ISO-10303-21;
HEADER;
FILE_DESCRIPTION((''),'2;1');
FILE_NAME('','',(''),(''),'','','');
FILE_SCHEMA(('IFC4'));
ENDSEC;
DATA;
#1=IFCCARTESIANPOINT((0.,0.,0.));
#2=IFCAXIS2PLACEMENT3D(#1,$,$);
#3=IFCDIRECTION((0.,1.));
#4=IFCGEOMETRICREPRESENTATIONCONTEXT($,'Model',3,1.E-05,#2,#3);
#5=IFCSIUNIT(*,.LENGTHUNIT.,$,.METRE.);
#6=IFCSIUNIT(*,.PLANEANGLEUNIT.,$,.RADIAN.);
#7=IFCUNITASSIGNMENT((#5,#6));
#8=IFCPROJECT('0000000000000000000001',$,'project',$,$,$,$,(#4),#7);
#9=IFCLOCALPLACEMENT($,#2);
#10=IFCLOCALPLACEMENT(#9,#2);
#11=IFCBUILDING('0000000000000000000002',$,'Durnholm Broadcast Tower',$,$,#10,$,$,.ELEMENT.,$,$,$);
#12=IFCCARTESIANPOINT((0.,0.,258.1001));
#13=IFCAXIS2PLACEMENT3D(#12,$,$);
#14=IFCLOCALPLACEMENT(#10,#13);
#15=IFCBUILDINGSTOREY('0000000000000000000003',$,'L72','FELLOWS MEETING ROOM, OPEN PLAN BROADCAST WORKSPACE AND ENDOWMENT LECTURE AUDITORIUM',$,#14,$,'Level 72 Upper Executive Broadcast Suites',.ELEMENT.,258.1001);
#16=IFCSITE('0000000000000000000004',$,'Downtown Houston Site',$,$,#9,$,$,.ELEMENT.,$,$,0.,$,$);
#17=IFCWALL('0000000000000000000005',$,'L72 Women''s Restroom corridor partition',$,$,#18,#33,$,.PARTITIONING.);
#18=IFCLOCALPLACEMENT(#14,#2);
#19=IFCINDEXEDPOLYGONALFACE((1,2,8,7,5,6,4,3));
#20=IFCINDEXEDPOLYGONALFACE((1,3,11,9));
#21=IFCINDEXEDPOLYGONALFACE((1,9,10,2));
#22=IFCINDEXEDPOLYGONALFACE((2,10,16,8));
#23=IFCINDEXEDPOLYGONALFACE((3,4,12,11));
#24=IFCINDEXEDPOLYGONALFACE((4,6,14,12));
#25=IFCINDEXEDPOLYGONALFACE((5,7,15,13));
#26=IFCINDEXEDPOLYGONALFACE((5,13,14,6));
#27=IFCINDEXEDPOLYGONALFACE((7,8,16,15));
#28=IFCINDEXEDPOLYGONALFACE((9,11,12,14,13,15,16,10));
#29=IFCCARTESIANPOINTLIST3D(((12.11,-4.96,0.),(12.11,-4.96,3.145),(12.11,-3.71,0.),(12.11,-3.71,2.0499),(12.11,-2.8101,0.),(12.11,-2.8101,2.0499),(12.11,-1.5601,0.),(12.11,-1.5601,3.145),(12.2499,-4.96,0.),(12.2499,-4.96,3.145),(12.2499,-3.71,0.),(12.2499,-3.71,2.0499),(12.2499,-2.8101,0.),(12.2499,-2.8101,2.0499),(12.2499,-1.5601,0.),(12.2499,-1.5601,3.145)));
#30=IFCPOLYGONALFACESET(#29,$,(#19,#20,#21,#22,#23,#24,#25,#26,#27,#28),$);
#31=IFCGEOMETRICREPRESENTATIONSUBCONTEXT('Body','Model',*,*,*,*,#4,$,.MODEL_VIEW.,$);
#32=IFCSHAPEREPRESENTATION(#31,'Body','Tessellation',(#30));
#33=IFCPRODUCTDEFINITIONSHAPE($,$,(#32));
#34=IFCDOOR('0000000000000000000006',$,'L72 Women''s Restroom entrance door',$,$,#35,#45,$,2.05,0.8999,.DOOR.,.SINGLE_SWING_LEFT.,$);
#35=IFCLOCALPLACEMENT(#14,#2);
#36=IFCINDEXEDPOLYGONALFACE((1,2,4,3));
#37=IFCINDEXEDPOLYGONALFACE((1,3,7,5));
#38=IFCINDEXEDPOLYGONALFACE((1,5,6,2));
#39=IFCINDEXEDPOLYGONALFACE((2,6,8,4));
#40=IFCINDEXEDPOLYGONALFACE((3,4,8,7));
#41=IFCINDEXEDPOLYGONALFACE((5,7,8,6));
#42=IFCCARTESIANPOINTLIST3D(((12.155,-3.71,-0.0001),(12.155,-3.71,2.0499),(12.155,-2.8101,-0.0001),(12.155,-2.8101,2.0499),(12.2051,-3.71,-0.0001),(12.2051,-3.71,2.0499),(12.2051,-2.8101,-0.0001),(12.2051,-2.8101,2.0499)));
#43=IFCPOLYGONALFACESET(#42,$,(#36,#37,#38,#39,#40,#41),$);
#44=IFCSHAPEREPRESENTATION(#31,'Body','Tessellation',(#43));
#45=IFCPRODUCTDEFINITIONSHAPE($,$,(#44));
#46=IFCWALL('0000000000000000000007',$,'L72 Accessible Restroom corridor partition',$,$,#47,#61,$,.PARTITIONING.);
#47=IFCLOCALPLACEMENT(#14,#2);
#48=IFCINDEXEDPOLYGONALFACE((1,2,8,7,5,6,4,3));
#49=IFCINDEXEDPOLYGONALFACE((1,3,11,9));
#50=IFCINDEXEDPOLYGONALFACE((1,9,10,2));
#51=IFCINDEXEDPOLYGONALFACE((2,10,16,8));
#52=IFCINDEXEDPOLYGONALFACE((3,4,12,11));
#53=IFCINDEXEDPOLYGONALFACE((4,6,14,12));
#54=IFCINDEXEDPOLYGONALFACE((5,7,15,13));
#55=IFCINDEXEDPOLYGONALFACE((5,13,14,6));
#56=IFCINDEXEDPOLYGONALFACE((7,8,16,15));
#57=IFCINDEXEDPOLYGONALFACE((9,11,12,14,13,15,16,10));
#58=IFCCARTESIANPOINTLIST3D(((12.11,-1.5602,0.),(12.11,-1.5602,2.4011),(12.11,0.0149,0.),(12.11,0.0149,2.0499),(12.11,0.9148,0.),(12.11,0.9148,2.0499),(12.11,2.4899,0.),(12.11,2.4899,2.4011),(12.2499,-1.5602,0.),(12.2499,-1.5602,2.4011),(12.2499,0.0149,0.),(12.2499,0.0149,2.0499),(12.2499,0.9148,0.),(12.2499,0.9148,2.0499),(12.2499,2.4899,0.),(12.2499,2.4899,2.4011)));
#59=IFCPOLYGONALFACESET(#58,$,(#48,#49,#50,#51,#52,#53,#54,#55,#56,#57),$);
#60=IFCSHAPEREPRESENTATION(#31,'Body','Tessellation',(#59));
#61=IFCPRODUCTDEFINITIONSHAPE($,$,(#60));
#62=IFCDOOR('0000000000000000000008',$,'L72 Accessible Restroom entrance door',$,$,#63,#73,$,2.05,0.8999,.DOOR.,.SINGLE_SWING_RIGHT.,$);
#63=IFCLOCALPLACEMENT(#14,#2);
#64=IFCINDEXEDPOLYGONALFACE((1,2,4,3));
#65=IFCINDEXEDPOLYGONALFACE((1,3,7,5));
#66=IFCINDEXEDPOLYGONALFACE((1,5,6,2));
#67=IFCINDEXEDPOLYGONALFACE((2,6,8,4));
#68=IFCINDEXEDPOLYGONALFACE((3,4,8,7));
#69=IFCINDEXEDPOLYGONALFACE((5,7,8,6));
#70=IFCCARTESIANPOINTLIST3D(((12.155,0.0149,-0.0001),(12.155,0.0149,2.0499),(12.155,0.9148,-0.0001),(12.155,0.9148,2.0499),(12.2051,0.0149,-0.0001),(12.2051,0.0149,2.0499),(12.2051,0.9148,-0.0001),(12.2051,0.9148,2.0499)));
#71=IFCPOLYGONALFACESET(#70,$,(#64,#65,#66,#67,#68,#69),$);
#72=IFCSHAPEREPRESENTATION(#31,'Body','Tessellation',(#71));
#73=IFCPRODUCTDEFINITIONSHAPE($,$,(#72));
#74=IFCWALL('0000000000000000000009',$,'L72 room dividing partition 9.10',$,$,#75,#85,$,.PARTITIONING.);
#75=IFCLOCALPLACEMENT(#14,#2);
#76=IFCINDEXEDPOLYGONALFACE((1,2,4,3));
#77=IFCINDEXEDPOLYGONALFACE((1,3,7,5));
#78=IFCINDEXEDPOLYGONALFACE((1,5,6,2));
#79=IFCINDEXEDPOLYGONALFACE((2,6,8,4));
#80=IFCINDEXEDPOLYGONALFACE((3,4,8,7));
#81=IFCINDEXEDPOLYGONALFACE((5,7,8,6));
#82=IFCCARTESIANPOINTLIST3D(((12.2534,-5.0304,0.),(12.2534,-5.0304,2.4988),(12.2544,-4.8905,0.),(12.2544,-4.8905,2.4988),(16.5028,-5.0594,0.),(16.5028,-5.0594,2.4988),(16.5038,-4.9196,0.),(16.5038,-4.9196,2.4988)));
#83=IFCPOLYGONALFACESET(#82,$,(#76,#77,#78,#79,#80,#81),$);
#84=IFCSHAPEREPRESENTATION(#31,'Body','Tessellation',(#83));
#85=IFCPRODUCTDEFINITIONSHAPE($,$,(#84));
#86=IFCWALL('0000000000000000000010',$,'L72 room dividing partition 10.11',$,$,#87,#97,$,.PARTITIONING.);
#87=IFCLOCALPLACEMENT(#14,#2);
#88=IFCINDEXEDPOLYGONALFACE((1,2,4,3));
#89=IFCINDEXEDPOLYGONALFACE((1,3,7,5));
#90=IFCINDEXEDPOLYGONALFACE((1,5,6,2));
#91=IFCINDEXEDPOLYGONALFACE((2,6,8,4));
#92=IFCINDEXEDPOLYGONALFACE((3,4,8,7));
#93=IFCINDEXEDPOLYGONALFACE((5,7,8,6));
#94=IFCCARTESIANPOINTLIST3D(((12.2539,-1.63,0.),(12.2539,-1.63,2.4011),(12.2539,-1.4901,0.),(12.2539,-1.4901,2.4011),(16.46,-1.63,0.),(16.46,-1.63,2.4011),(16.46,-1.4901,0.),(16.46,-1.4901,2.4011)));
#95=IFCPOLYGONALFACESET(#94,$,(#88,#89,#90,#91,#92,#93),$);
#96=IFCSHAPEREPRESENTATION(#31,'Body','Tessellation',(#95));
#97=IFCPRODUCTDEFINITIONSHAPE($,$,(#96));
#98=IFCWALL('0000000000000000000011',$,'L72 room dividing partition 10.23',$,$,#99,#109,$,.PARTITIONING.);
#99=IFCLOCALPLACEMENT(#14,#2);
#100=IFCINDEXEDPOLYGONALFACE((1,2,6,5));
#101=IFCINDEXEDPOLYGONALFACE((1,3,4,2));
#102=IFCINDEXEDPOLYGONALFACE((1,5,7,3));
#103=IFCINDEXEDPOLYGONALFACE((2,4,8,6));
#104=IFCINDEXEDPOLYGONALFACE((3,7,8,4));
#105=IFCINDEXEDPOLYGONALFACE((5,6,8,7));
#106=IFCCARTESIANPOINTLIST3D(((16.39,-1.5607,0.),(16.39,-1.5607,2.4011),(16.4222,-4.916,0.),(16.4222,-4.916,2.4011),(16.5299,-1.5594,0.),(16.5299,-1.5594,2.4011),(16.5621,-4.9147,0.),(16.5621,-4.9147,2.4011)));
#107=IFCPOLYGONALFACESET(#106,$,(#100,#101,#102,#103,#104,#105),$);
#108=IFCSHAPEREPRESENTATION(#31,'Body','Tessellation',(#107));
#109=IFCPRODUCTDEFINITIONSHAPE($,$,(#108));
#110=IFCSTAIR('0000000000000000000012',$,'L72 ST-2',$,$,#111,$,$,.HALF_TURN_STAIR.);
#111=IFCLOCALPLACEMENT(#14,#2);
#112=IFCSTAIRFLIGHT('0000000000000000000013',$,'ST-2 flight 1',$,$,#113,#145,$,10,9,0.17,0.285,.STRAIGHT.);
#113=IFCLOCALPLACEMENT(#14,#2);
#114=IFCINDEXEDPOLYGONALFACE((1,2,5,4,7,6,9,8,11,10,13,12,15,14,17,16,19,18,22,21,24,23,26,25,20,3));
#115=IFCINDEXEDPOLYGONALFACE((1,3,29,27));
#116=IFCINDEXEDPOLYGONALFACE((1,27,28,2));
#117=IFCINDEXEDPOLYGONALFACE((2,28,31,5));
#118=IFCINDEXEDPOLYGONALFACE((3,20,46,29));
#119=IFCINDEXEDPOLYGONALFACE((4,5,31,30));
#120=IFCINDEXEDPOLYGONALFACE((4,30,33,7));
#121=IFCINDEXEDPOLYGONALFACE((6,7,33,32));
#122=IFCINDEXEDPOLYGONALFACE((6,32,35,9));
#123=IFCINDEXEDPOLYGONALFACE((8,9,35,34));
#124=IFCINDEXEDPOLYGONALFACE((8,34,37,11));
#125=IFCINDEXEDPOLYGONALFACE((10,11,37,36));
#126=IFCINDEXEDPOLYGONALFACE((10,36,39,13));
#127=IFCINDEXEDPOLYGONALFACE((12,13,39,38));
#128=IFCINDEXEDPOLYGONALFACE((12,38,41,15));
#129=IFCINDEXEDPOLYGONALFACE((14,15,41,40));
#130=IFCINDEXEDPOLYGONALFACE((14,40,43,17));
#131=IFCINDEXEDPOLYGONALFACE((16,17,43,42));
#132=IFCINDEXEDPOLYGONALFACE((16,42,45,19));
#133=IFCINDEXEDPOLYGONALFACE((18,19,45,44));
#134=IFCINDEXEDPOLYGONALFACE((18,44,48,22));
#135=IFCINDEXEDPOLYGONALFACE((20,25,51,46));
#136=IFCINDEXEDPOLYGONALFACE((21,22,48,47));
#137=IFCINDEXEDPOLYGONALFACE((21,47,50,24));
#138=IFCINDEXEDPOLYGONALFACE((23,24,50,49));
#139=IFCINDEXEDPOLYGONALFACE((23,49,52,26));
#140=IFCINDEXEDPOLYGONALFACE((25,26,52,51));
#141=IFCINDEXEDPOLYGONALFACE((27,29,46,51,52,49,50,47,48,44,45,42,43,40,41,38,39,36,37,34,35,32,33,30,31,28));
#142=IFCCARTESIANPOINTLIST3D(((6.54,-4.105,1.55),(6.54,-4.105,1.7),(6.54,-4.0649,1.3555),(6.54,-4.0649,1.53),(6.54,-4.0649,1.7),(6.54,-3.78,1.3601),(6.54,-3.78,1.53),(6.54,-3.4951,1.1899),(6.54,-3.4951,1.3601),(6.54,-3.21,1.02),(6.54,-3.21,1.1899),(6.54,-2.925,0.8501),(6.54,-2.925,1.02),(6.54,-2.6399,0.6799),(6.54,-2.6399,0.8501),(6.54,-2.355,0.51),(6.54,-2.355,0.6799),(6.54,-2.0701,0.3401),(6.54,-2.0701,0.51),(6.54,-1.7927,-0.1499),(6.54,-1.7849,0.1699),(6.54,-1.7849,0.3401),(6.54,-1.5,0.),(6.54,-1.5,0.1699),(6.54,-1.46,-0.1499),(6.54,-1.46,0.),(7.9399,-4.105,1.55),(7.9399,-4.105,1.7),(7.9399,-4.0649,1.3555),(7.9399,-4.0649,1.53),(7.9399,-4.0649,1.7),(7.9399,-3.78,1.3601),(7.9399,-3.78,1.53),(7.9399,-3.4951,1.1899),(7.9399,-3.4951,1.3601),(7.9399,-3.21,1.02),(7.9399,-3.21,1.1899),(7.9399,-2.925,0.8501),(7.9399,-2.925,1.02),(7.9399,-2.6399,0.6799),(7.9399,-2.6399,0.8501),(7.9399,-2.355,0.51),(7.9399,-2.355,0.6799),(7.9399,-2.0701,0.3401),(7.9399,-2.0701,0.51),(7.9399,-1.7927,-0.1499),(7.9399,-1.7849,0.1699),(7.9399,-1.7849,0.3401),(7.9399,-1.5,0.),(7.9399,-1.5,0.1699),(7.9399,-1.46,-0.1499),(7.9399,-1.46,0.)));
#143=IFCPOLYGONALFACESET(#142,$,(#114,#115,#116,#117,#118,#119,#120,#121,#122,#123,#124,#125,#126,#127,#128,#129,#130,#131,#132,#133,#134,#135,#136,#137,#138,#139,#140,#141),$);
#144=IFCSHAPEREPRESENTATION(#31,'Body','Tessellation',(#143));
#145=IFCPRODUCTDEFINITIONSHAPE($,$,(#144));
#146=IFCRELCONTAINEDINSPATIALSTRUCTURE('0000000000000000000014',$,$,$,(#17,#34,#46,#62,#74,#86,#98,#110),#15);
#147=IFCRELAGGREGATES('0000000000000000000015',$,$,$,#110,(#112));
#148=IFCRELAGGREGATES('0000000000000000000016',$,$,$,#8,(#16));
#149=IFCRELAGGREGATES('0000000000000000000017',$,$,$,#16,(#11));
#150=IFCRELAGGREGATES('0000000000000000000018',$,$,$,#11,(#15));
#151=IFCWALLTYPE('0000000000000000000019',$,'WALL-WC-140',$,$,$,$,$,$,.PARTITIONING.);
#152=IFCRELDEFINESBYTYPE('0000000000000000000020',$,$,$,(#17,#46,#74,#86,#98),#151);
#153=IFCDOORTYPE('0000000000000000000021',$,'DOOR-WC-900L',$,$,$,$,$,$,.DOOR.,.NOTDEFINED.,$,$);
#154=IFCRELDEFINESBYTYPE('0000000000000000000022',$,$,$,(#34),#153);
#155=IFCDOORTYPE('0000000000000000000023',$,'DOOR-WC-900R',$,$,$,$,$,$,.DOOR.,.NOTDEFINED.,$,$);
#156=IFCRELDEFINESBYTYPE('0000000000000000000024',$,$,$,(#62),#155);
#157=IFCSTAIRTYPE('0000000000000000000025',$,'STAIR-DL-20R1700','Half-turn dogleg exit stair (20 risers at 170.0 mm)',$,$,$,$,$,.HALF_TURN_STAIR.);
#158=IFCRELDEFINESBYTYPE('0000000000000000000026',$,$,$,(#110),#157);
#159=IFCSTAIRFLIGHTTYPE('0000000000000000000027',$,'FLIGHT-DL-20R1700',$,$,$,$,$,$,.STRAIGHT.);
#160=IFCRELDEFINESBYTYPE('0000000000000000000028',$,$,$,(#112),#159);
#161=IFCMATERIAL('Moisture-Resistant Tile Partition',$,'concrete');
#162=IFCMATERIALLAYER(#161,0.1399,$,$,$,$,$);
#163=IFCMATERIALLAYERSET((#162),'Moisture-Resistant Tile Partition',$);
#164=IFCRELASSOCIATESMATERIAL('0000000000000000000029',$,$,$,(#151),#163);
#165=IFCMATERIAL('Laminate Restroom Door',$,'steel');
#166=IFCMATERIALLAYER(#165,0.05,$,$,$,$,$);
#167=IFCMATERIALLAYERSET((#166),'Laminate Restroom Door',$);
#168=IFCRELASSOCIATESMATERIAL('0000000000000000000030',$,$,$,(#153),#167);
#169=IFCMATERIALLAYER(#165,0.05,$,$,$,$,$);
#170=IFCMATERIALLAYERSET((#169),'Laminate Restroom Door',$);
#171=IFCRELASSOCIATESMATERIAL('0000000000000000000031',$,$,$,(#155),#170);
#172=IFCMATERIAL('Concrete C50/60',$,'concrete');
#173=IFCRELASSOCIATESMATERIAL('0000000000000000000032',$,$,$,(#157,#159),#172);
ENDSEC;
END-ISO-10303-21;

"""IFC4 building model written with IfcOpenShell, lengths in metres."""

from ifc_helpers import new_model, si_unit, direction, frame, frame_2d, origin, place, context, subcontext, project, spatial, polyline, rectangle, outline, extrude, source, transform, mapped, material, layer, layer_set, type_object, type_shapes, element, fill, aggregate, save


model = new_model("IFC4")

# Units and contexts
model_context = context("Model", 3, precision=1e-05, world=origin(), true_north=direction((0.0, 1.0)))
body_context = subcontext(model_context, "Body", "Model", "MODEL_VIEW")
ifc_project = project(units=[si_unit("LENGTHUNIT", "METRE"), si_unit("PLANEANGLEUNIT", "RADIAN")], contexts=[model_context])

# Site, building, storey
site_placement = place(None, origin())
site = spatial("IfcSite", under=ifc_project, at=site_placement, Name="Downtown Houston Site", CompositionType="ELEMENT", RefElevation=0.0)
building_placement = place(site_placement, origin())
building = spatial("IfcBuilding", under=site, at=building_placement, Name="Durnholm Broadcast Tower", CompositionType="ELEMENT")
storey_placement = place(building_placement, frame((0.0, 0.0, 258.1001)))
storey = spatial("IfcBuildingStorey", under=building, at=storey_placement, Name="L72", Description="FELLOWS MEETING ROOM, OPEN PLAN BROADCAST WORKSPACE AND ENDOWMENT LECTURE AUDITORIUM", LongName="Level 72 Upper Executive Broadcast Suites", CompositionType="ELEMENT", Elevation=258.1001)

# Shared definitions
ifc_material_1 = material(Name="Concrete C50/60", Category="concrete")

# Walls, openings, doors
ifc_material_2 = material(Name="Moisture-Resistant Tile Partition", Category="concrete")
ifc_layer_1 = layer(ifc_material_2, 0.1399)
ifc_layer_set_1 = layer_set([ifc_layer_1], Name="Moisture-Resistant Tile Partition")
wall_type_1 = type_object("IfcWallType", Name="WALL-WC-140", PredefinedType="PARTITIONING", material=ifc_layer_set_1)
wall_1_placement = place(storey_placement, frame((12.1799, -4.96, 0.0), z_axis=(0.0, 0.0, 1.0), x_axis=(0.0, 1.0, 0.0)))
wall_1 = element("IfcWall", 1, at=wall_1_placement, inside=storey, type_object=wall_type_1, Name="L72 Women's Restroom corridor partition", PredefinedType="PARTITIONING", context=body_context, shape_type="SweptSolid", body=[
    extrude(rectangle(XDim=3.3999, YDim=0.1399, at=frame_2d((1.7, 0.0))), origin(), (0.0, 0.0, 1.0), 3.145),
])
opening_1_placement = place(wall_1_placement, frame((1.25, 0.0, 0.0)))
opening_1 = element("IfcOpeningElement", 2, at=opening_1_placement, cuts=wall_1, PredefinedType="OPENING", context=body_context, shape_type="SweptSolid", body=[
    extrude(rectangle(XDim=0.8999, YDim=2.05, at=frame_2d((0.45, 1.0249))), frame((0.0, 0.0801, 0.0), z_axis=(0.0, -1.0, 0.0), x_axis=(1.0, 0.0, 0.0)), (0.0, 0.0, 1.0), 0.1599),
])
ifc_material_3 = material(Name="Laminate Restroom Door", Category="steel")
ifc_layer_2 = layer(ifc_material_3, 0.05)
ifc_layer_set_2 = layer_set([ifc_layer_2], Name="Laminate Restroom Door")
door_type_1 = type_object("IfcDoorType", Name="DOOR-WC-900L", OperationType="NOTDEFINED", PredefinedType="DOOR", material=ifc_layer_set_2)
shared_shape_1 = source(origin(), body_context, "Body", "SweptSolid", [
    extrude(rectangle(XDim=0.8999, YDim=2.05, at=frame_2d((0.45, 1.0249))), frame((0.0, 0.0249, 0.0), z_axis=(0.0, -1.0, 0.0), x_axis=(1.0, 0.0, 0.0)), (0.0, 0.0, 1.0), 0.05),
])
type_shapes(door_type_1, [shared_shape_1])
door_1_placement = place(opening_1_placement, origin())
door_1 = element("IfcDoor", 3, at=door_1_placement, inside=storey, type_object=door_type_1, Name="L72 Women's Restroom entrance door", OperationType="SINGLE_SWING_LEFT", OverallHeight=2.05, OverallWidth=0.8999, PredefinedType="DOOR", context=body_context, shape_type="MappedRepresentation", body=[
    mapped(shared_shape_1, transform((0.0, 0.0, 0.0), x_axis=(1.0, 0.0, 0.0), y_axis=(0.0, 1.0, 0.0), z_axis=(0.0, 0.0, 1.0), scale=1.0)),
])
fill(opening_1, door_1)
wall_2_placement = place(storey_placement, frame((12.1799, -1.5601, 0.0), z_axis=(0.0, 0.0, 1.0), x_axis=(0.0, 1.0, 0.0)))
wall_2 = element("IfcWall", 4, at=wall_2_placement, inside=storey, type_object=wall_type_1, Name="L72 Accessible Restroom corridor partition", PredefinedType="PARTITIONING", context=body_context, shape_type="SweptSolid", body=[
    extrude(rectangle(XDim=4.05, YDim=0.1399, at=frame_2d((2.0249, 0.0))), origin(), (0.0, 0.0, 1.0), 2.4011),
])
opening_2_placement = place(wall_2_placement, frame((1.575, 0.0, 0.0)))
opening_2 = element("IfcOpeningElement", 5, at=opening_2_placement, cuts=wall_2, PredefinedType="OPENING", context=body_context, shape_type="SweptSolid", body=[
    extrude(rectangle(XDim=0.8999, YDim=2.05, at=frame_2d((0.45, 1.0249))), frame((0.0, 0.0801, 0.0), z_axis=(0.0, -1.0, 0.0), x_axis=(1.0, 0.0, 0.0)), (0.0, 0.0, 1.0), 0.1599),
])
ifc_layer_3 = layer(ifc_material_3, 0.05)
ifc_layer_set_3 = layer_set([ifc_layer_3], Name="Laminate Restroom Door")
door_type_2 = type_object("IfcDoorType", Name="DOOR-WC-900R", OperationType="NOTDEFINED", PredefinedType="DOOR", material=ifc_layer_set_3)
shared_shape_2 = source(origin(), body_context, "Body", "SweptSolid", [
    extrude(rectangle(XDim=0.8999, YDim=2.05, at=frame_2d((0.45, 1.0249))), frame((0.0, 0.0249, 0.0), z_axis=(0.0, -1.0, 0.0), x_axis=(1.0, 0.0, 0.0)), (0.0, 0.0, 1.0), 0.05),
])
type_shapes(door_type_2, [shared_shape_2])
door_2_placement = place(opening_2_placement, origin())
door_2 = element("IfcDoor", 6, at=door_2_placement, inside=storey, type_object=door_type_2, Name="L72 Accessible Restroom entrance door", OperationType="SINGLE_SWING_RIGHT", OverallHeight=2.05, OverallWidth=0.8999, PredefinedType="DOOR", context=body_context, shape_type="MappedRepresentation", body=[
    mapped(shared_shape_2, transform((0.0, 0.0, 0.0), x_axis=(1.0, 0.0, 0.0), y_axis=(0.0, 1.0, 0.0), z_axis=(0.0, 0.0, 1.0), scale=1.0)),
])
fill(opening_2, door_2)

# Walls
wall_3_placement = place(storey_placement, frame((12.2539, -4.9604, 0.0), z_axis=(0.0, 0.0, 1.0), x_axis=(0.999977, -0.006837, 0.0)))
element("IfcWall", 7, at=wall_3_placement, inside=storey, type_object=wall_type_1, Name="L72 room dividing partition 9.10", PredefinedType="PARTITIONING", context=body_context, shape_type="SweptSolid", body=[
    extrude(rectangle(XDim=4.2495, YDim=0.1399, at=frame_2d((2.1248, 0.0))), origin(), (0.0, 0.0, 1.0), 2.4988),
])
wall_4_placement = place(storey_placement, frame((12.2539, -1.5601, 0.0), z_axis=(0.0, 0.0, 1.0), x_axis=(1.0, 0.0, 0.0)))
element("IfcWall", 8, at=wall_4_placement, inside=storey, type_object=wall_type_1, Name="L72 room dividing partition 10.11", PredefinedType="PARTITIONING", context=body_context, shape_type="SweptSolid", body=[
    extrude(rectangle(XDim=4.2061, YDim=0.1399, at=frame_2d((2.103, 0.0))), origin(), (0.0, 0.0, 1.0), 2.4011),
])
wall_5_placement = place(storey_placement, frame((16.46, -1.5601, 0.0), z_axis=(0.0, 0.0, 1.0), x_axis=(0.009604, -0.999954, 0.0)))
element("IfcWall", 9, at=wall_5_placement, inside=storey, type_object=wall_type_1, Name="L72 room dividing partition 10.23", PredefinedType="PARTITIONING", context=body_context, shape_type="SweptSolid", body=[
    extrude(rectangle(XDim=3.3555, YDim=0.1399, at=frame_2d((1.6777, 0.0))), origin(), (0.0, 0.0, 1.0), 2.4011),
])

# Stair, stair flight
stair_type = type_object("IfcStairType", Name="STAIR-DL-20R1700", Description="Half-turn dogleg exit stair (20 risers at 170.0 mm)", PredefinedType="HALF_TURN_STAIR", material=ifc_material_1)
stair_placement = place(storey_placement, origin())
stair = element("IfcStair", 10, at=stair_placement, inside=storey, type_object=stair_type, Name="L72 ST-2", PredefinedType="HALF_TURN_STAIR")
stair_flight_type = type_object("IfcStairFlightType", Name="FLIGHT-DL-20R1700", PredefinedType="STRAIGHT", material=ifc_material_1)
stair_flight_1_placement = place(storey_placement, frame((7.24, -1.5, 0.0), z_axis=(0.0, 0.0, 1.0), x_axis=(0.0, -1.0, 0.0)))
stair_flight_1 = element("IfcStairFlight", 11, at=stair_flight_1_placement, type_object=stair_flight_type, Name="ST-2 flight 1", NumberOfRisers=10, NumberOfTreads=9, PredefinedType="STRAIGHT", RiserHeight=0.17, TreadLength=0.285, context=body_context, shape_type="SweptSolid", body=[
    extrude(outline(polyline([(-0.04, -0.1499), (-0.04, 0.0), (0.0, 0.0), (0.0, 0.1699), (0.2849, 0.1699), (0.2849, 0.3401), (0.5701, 0.3401), (0.5701, 0.51), (0.855, 0.51), (0.855, 0.6799), (1.1399, 0.6799), (1.1399, 0.8501), (1.425, 0.8501), (1.425, 1.02), (1.71, 1.02), (1.71, 1.1899), (1.9951, 1.1899), (1.9951, 1.3601), (2.28, 1.3601), (2.28, 1.53), (2.5649, 1.53), (2.5649, 1.7), (2.605, 1.7), (2.605, 1.55), (2.5649, 1.3555), (0.2927, -0.1499), (-0.04, -0.1499)])), frame((0.0, 0.7, 0.0), z_axis=(0.0, -1.0, 0.0), x_axis=(1.0, 0.0, 0.0)), (0.0, 0.0, 1.0), 1.3999),
])
aggregate(stair, [stair_flight_1])

save(model, "model.ifc")
